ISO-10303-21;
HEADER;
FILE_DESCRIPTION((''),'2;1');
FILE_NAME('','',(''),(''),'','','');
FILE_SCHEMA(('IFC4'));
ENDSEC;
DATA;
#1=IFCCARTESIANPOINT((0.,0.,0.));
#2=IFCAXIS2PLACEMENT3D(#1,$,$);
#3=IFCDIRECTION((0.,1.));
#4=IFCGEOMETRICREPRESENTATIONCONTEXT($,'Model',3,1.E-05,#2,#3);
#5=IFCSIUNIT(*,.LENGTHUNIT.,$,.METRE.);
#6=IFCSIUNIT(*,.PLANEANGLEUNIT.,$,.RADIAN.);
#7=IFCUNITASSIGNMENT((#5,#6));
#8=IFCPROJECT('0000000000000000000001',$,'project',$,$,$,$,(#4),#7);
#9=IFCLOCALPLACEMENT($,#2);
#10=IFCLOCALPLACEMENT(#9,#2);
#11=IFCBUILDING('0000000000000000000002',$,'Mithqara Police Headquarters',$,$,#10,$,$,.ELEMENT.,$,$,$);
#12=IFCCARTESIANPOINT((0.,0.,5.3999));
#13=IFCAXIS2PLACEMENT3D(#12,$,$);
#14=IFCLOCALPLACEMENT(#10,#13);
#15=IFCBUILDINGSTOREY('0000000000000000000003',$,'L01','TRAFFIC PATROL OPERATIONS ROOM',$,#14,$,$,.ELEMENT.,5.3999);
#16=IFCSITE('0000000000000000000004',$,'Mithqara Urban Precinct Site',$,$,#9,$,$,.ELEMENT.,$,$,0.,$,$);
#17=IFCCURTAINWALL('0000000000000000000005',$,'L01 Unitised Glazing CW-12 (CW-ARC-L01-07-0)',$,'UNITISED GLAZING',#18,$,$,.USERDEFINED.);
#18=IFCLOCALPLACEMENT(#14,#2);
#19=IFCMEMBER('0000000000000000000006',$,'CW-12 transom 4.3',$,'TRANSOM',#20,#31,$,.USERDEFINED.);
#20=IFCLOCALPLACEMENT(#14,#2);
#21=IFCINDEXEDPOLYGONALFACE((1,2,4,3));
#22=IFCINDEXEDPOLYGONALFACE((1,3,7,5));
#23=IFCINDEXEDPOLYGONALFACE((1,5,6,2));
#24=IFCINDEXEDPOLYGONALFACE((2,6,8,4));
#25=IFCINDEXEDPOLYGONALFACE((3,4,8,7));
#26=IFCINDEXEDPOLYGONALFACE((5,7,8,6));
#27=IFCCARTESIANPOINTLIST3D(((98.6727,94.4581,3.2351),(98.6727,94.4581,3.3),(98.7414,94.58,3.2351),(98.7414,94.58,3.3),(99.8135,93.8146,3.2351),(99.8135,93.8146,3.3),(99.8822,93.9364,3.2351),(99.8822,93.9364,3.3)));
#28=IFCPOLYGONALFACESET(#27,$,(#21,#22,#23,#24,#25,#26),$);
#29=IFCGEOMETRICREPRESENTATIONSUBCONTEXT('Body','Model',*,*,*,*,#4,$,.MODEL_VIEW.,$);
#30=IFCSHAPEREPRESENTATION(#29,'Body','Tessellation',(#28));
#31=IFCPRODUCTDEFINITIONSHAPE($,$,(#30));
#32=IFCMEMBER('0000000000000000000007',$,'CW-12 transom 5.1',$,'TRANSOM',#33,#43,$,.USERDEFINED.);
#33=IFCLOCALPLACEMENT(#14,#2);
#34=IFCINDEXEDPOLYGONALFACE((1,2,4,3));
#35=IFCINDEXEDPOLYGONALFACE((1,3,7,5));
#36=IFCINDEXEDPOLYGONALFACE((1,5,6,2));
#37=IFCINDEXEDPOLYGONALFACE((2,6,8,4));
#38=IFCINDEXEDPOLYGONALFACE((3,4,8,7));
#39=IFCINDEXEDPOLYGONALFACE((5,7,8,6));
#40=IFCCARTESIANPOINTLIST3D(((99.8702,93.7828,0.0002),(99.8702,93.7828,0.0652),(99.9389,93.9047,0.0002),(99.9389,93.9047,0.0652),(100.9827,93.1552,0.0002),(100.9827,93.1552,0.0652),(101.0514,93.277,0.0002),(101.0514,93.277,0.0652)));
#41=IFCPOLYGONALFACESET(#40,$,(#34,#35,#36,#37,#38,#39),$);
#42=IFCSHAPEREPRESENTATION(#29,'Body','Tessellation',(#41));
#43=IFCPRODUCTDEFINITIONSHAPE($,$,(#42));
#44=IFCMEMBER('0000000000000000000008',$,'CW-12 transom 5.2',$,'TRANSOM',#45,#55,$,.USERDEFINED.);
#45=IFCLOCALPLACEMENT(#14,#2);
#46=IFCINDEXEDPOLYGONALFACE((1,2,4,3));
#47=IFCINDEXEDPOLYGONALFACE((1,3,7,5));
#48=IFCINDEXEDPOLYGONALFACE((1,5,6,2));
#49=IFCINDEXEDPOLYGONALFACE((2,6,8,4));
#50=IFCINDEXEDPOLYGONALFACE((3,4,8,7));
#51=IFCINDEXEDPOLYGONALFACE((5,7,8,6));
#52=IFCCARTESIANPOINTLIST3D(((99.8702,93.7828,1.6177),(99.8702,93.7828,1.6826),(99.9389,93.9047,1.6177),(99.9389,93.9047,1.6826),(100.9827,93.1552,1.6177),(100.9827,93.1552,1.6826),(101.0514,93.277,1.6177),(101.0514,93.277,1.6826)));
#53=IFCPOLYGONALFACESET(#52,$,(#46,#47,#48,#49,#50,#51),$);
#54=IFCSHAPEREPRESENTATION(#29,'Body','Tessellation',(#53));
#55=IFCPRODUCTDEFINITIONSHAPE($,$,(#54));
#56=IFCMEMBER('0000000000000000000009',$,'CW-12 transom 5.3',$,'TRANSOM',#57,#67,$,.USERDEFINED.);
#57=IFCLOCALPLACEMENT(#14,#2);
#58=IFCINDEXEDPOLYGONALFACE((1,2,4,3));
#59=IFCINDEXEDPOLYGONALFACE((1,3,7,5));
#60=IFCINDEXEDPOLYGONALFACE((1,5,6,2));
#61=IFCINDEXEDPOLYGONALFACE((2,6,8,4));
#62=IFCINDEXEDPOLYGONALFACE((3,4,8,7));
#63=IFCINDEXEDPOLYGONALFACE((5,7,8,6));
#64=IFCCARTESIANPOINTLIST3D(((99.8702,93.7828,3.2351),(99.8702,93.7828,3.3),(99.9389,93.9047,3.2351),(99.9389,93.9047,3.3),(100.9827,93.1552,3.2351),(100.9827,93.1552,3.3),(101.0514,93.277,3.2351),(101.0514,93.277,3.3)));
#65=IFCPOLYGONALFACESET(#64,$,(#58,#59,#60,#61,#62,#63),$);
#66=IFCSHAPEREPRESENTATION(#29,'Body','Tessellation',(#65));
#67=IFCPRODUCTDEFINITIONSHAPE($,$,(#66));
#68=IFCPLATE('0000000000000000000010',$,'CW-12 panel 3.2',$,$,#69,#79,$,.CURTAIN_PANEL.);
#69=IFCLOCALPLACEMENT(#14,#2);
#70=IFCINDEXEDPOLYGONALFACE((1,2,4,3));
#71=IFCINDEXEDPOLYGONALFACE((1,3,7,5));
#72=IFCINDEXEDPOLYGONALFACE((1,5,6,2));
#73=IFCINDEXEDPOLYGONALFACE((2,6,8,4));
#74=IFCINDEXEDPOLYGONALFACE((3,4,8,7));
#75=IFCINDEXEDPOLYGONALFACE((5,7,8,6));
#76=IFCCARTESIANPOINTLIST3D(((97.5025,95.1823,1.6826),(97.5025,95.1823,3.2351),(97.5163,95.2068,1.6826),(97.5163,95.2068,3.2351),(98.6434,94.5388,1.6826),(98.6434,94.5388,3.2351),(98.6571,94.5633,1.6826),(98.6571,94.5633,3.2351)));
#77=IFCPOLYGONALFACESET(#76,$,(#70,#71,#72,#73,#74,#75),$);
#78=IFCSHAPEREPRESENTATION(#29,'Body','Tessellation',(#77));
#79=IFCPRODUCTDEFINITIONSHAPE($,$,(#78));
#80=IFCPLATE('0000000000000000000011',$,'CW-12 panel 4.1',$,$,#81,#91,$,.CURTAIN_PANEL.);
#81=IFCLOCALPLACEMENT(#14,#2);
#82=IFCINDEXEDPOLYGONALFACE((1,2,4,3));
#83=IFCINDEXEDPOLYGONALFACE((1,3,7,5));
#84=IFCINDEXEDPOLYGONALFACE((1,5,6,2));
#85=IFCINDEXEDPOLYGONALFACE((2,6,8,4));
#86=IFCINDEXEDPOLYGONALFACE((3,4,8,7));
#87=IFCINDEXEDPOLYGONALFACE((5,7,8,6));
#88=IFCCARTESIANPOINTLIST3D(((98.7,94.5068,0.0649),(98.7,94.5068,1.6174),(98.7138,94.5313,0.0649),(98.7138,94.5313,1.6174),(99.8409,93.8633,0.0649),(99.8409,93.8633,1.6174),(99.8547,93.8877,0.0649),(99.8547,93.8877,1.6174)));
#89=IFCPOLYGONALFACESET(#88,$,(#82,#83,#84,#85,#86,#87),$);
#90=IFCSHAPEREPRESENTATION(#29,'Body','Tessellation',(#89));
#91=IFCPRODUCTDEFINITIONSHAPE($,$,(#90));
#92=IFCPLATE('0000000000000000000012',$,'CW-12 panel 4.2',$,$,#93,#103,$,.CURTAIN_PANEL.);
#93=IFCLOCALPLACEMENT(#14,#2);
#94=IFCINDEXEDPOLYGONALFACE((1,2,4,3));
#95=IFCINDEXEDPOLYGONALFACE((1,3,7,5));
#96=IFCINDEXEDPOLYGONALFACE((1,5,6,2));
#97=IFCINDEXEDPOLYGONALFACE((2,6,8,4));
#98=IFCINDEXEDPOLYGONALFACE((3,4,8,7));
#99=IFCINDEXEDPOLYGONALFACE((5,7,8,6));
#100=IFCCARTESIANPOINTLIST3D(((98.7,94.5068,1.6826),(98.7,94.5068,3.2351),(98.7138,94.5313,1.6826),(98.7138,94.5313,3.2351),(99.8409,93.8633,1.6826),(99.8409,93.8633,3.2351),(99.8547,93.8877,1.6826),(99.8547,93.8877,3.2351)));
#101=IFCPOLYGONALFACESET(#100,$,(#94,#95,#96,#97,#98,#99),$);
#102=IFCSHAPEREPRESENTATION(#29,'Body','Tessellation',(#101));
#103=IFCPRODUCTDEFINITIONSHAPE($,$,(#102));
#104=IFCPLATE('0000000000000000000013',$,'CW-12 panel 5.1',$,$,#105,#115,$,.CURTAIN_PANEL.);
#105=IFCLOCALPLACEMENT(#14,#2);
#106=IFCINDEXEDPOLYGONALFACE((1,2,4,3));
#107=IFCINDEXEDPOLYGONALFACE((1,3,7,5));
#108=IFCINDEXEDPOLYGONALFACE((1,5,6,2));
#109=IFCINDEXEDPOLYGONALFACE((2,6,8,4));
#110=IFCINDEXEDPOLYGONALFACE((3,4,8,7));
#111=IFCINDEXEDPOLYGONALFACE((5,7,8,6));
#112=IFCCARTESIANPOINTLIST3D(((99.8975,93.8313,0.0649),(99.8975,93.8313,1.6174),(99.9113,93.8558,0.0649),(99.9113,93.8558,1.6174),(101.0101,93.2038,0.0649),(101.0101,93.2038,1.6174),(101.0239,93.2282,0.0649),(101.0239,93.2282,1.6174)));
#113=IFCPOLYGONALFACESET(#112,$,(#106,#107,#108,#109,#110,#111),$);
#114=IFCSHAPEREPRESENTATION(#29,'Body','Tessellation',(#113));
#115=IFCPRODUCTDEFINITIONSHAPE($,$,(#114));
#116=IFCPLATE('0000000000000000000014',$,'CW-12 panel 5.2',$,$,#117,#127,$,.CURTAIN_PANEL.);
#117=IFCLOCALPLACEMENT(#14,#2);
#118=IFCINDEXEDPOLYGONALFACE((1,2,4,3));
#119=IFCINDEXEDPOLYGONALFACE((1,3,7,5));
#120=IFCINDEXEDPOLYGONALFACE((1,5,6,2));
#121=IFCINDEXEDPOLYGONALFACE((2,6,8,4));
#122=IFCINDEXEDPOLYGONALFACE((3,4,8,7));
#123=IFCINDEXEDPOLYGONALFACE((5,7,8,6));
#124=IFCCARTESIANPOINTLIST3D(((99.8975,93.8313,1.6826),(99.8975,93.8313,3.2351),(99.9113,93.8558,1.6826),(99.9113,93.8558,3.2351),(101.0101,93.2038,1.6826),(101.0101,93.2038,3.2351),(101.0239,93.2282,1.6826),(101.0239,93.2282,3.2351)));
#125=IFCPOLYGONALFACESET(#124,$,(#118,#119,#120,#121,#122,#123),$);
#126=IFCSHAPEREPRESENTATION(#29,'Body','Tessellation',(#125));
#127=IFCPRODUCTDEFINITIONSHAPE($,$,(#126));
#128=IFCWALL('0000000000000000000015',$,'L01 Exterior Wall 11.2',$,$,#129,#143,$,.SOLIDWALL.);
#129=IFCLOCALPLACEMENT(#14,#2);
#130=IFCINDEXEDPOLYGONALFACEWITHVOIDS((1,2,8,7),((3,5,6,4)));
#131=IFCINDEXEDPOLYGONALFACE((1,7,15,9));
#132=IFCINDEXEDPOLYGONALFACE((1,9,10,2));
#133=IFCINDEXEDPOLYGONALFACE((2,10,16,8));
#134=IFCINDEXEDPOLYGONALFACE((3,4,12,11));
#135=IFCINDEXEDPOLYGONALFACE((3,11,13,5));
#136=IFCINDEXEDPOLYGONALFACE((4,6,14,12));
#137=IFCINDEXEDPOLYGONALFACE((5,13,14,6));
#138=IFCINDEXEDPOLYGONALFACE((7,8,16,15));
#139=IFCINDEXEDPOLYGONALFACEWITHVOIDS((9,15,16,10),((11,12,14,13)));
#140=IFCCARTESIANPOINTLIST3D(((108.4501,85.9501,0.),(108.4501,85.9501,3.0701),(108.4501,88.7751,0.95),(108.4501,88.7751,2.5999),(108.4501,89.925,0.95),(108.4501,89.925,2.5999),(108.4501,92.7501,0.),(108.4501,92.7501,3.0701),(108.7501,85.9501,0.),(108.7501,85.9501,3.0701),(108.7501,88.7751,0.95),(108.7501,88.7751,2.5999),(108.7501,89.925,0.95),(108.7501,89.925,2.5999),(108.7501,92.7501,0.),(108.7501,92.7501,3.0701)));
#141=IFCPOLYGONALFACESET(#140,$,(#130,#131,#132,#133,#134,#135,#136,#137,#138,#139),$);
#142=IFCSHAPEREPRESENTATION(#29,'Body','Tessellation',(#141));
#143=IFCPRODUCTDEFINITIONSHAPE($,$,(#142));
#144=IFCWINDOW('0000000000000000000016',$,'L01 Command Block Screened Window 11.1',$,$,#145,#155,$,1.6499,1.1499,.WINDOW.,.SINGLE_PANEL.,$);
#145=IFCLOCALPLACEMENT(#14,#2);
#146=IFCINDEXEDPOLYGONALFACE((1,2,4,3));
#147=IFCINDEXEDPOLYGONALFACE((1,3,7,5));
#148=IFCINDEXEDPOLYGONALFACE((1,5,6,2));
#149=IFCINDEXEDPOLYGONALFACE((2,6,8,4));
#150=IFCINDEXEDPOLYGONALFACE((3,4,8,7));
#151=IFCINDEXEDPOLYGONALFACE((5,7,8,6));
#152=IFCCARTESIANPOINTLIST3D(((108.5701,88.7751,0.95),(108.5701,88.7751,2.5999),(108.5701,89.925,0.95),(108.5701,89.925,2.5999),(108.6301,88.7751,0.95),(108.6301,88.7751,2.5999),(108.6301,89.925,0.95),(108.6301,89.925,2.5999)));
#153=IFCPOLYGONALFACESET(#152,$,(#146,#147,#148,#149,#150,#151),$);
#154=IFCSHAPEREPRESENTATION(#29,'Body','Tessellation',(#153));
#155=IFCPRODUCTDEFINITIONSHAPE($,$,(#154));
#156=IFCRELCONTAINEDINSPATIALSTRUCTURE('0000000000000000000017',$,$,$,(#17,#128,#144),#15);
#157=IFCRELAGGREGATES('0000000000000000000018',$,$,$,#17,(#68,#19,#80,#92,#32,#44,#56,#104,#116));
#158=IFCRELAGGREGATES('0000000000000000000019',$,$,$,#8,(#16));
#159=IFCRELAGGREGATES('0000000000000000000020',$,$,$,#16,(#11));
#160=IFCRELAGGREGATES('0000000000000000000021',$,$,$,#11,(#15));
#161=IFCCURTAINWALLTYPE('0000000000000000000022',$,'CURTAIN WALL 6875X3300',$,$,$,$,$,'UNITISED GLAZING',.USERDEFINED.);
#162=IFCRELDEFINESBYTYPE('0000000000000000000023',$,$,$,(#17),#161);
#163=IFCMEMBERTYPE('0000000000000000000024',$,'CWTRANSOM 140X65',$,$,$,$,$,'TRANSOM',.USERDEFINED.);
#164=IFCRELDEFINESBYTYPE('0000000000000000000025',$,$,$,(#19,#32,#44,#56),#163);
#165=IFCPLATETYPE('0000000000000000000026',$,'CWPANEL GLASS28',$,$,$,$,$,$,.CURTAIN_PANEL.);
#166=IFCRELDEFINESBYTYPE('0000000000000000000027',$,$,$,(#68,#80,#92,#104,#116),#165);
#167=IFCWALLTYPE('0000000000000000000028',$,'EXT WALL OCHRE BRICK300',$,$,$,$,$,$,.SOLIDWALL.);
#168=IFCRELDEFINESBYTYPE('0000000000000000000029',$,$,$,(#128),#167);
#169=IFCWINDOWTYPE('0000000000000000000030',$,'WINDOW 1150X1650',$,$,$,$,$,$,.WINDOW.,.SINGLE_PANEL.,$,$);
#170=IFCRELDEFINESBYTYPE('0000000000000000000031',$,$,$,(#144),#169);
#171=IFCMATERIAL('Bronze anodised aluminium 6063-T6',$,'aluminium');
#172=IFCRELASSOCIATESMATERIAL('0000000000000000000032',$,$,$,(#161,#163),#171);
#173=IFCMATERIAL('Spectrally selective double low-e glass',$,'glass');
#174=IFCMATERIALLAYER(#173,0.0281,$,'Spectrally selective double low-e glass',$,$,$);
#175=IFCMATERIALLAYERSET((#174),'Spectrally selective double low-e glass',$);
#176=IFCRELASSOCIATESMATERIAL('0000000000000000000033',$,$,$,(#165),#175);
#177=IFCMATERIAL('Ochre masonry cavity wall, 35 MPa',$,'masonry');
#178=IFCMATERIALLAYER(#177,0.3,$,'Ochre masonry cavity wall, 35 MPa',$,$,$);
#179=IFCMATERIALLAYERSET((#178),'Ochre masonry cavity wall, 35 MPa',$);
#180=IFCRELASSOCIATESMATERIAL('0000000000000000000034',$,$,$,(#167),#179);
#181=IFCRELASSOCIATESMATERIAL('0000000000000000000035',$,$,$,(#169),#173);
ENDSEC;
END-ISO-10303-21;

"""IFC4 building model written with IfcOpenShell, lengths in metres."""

from ifc_helpers import new_model, si_unit, direction, frame, frame_2d, origin, origin_2d, place, context, subcontext, project, spatial, rectangle, extrude, material, layer, layer_set, material_profile, profile_set, type_object, element, fill, aggregate, save


model = new_model("IFC4")

# Units and contexts
model_context = context("Model", 3, precision=1e-05, world=origin(), true_north=direction((0.0, 1.0)))
body_context = subcontext(model_context, "Body", "Model", "MODEL_VIEW")
ifc_project = project(units=[si_unit("LENGTHUNIT", "METRE"), si_unit("PLANEANGLEUNIT", "RADIAN")], contexts=[model_context])

# Site, building, storey
site_placement = place(None, origin())
site = spatial("IfcSite", under=ifc_project, at=site_placement, Name="Mithqara Urban Precinct Site", CompositionType="ELEMENT", RefElevation=0.0)
building_placement = place(site_placement, origin())
building = spatial("IfcBuilding", under=site, at=building_placement, Name="Mithqara Police Headquarters", CompositionType="ELEMENT")
storey_placement = place(building_placement, frame((0.0, 0.0, 5.3999)))
storey = spatial("IfcBuildingStorey", under=building, at=storey_placement, Name="L01", Description="TRAFFIC PATROL OPERATIONS ROOM", CompositionType="ELEMENT", Elevation=5.3999)

# Curtain wall, members, plates
ifc_material_1 = material(Name="Bronze anodised aluminium 6063-T6", Category="aluminium")
curtain_wall_type = type_object("IfcCurtainWallType", Name="CURTAIN WALL 6875X3300", ElementType="UNITISED GLAZING", PredefinedType="USERDEFINED", material=ifc_material_1)
curtain_wall_placement = place(storey_placement, origin())
curtain_wall = element("IfcCurtainWall", 1, at=curtain_wall_placement, inside=storey, type_object=curtain_wall_type, Name="L01 Unitised Glazing CW-12 (CW-ARC-L01-07-0)", ObjectType="UNITISED GLAZING", PredefinedType="USERDEFINED")
ifc_material_profile_1 = material_profile(ifc_material_1, rectangle(XDim=0.1399, YDim=0.0649, at=origin_2d()), Name="CWT 140x65")
ifc_profile_set_1 = profile_set([ifc_material_profile_1], Name="Bronze anodised aluminium 6063-T6")
member_type_1 = type_object("IfcMemberType", Name="CWTRANSOM 140X65", ElementType="TRANSOM", PredefinedType="USERDEFINED", material=ifc_profile_set_1)
member_1_placement = place(storey_placement, frame((98.707, 94.519, 3.2676), z_axis=(0.870983, -0.491314, 0.0), x_axis=(0.491314, 0.870983, 0.0)))
member_1 = element("IfcMember", 2, at=member_1_placement, type_object=member_type_1, Name="CW-12 transom 4.3", ObjectType="TRANSOM", PredefinedType="USERDEFINED", context=body_context, shape_type="SweptSolid", body=[
    extrude(rectangle(XDim=0.1399, YDim=0.0649, at=origin_2d()), origin(), (0.0, 0.0, 1.0), 1.3098),
])
member_2_placement = place(storey_placement, frame((99.9045, 93.8438, 0.0327), z_axis=(0.870947, -0.491377, 0.0), x_axis=(0.491377, 0.870947, 0.0)))
member_2 = element("IfcMember", 3, at=member_2_placement, type_object=member_type_1, Name="CW-12 transom 5.1", ObjectType="TRANSOM", PredefinedType="USERDEFINED", context=body_context, shape_type="SweptSolid", body=[
    extrude(rectangle(XDim=0.1399, YDim=0.0649, at=origin_2d()), origin(), (0.0, 0.0, 1.0), 1.2773),
])
member_3_placement = place(storey_placement, frame((99.9045, 93.8438, 1.6501), z_axis=(0.870947, -0.491377, 0.0), x_axis=(0.491377, 0.870947, 0.0)))
member_3 = element("IfcMember", 4, at=member_3_placement, type_object=member_type_1, Name="CW-12 transom 5.2", ObjectType="TRANSOM", PredefinedType="USERDEFINED", context=body_context, shape_type="SweptSolid", body=[
    extrude(rectangle(XDim=0.1399, YDim=0.0649, at=origin_2d()), origin(), (0.0, 0.0, 1.0), 1.2773),
])
member_4_placement = place(storey_placement, frame((99.9045, 93.8438, 3.2676), z_axis=(0.870947, -0.491377, 0.0), x_axis=(0.491377, 0.870947, 0.0)))
member_4 = element("IfcMember", 5, at=member_4_placement, type_object=member_type_1, Name="CW-12 transom 5.3", ObjectType="TRANSOM", PredefinedType="USERDEFINED", context=body_context, shape_type="SweptSolid", body=[
    extrude(rectangle(XDim=0.1399, YDim=0.0649, at=origin_2d()), origin(), (0.0, 0.0, 1.0), 1.2773),
])
ifc_material_2 = material(Name="Spectrally selective double low-e glass", Category="glass")
ifc_layer_1 = layer(ifc_material_2, 0.0281, Name="Spectrally selective double low-e glass")
ifc_layer_set_1 = layer_set([ifc_layer_1], Name="Spectrally selective double low-e glass")
plate_type = type_object("IfcPlateType", Name="CWPANEL GLASS28", PredefinedType="CURTAIN_PANEL", material=ifc_layer_set_1)
plate_1_placement = place(storey_placement, frame((98.0798, 94.8728, 1.6826), z_axis=(0.0, 0.0, 1.0), x_axis=(0.870986, -0.491308, 0.0)))
plate_1 = element("IfcPlate", 6, at=plate_1_placement, type_object=plate_type, Name="CW-12 panel 3.2", PredefinedType="CURTAIN_PANEL", context=body_context, shape_type="SweptSolid", body=[
    extrude(rectangle(XDim=1.3098, YDim=0.0281, at=origin_2d()), origin(), (0.0, 0.0, 1.0), 1.5525),
])
plate_2_placement = place(storey_placement, frame((99.2773, 94.1973, 0.0649), z_axis=(0.0, 0.0, 1.0), x_axis=(0.870986, -0.491308, 0.0)))
plate_2 = element("IfcPlate", 7, at=plate_2_placement, type_object=plate_type, Name="CW-12 panel 4.1", PredefinedType="CURTAIN_PANEL", context=body_context, shape_type="SweptSolid", body=[
    extrude(rectangle(XDim=1.3098, YDim=0.0281, at=origin_2d()), origin(), (0.0, 0.0, 1.0), 1.5525),
])
plate_3_placement = place(storey_placement, frame((99.2773, 94.1973, 1.6826), z_axis=(0.0, 0.0, 1.0), x_axis=(0.870986, -0.491308, 0.0)))
plate_3 = element("IfcPlate", 8, at=plate_3_placement, type_object=plate_type, Name="CW-12 panel 4.2", PredefinedType="CURTAIN_PANEL", context=body_context, shape_type="SweptSolid", body=[
    extrude(rectangle(XDim=1.3098, YDim=0.0281, at=origin_2d()), origin(), (0.0, 0.0, 1.0), 1.5525),
])
plate_4_placement = place(storey_placement, frame((100.4607, 93.5298, 0.0649), z_axis=(0.0, 0.0, 1.0), x_axis=(0.870986, -0.491308, 0.0)))
plate_4 = element("IfcPlate", 9, at=plate_4_placement, type_object=plate_type, Name="CW-12 panel 5.1", PredefinedType="CURTAIN_PANEL", context=body_context, shape_type="SweptSolid", body=[
    extrude(rectangle(XDim=1.2773, YDim=0.0281, at=origin_2d()), origin(), (0.0, 0.0, 1.0), 1.5525),
])
plate_5_placement = place(storey_placement, frame((100.4607, 93.5298, 1.6826), z_axis=(0.0, 0.0, 1.0), x_axis=(0.870986, -0.491308, 0.0)))
plate_5 = element("IfcPlate", 10, at=plate_5_placement, type_object=plate_type, Name="CW-12 panel 5.2", PredefinedType="CURTAIN_PANEL", context=body_context, shape_type="SweptSolid", body=[
    extrude(rectangle(XDim=1.2773, YDim=0.0281, at=origin_2d()), origin(), (0.0, 0.0, 1.0), 1.5525),
])
aggregate(curtain_wall, [plate_1, member_1, plate_2, plate_3, member_2, member_3, member_4, plate_4, plate_5])

# Wall, opening, window
ifc_material_3 = material(Name="Ochre masonry cavity wall, 35 MPa", Category="masonry")
ifc_layer_2 = layer(ifc_material_3, 0.3, Name="Ochre masonry cavity wall, 35 MPa")
ifc_layer_set_2 = layer_set([ifc_layer_2], Name="Ochre masonry cavity wall, 35 MPa")
wall_type_1 = type_object("IfcWallType", Name="EXT WALL OCHRE BRICK300", PredefinedType="SOLIDWALL", material=ifc_layer_set_2)
wall_1_placement = place(storey_placement, frame((108.6001, 92.75, 0.0), z_axis=(0.0, 0.0, 1.0), x_axis=(0.0, -1.0, 0.0)))
wall_1 = element("IfcWall", 11, at=wall_1_placement, inside=storey, type_object=wall_type_1, Name="L01 Exterior Wall 11.2", PredefinedType="SOLIDWALL", context=body_context, shape_type="SweptSolid", body=[
    extrude(rectangle(XDim=6.8, YDim=0.3, at=frame_2d((3.3999, 0.0))), origin(), (0.0, 0.0, 1.0), 3.0701),
])
opening_1_placement = place(wall_1_placement, frame((2.825, 0.0, 0.95)))
opening_1 = element("IfcOpeningElement", 12, at=opening_1_placement, cuts=wall_1, PredefinedType="OPENING", context=body_context, shape_type="SweptSolid", body=[
    extrude(rectangle(XDim=1.1499, YDim=1.6499, at=frame_2d((0.575, 0.825))), frame((0.0, 0.1602, 0.0), z_axis=(0.0, -1.0, 0.0), x_axis=(1.0, 0.0, 0.0)), (0.0, 0.0, 1.0), 0.3201),
])
window_type = type_object("IfcWindowType", Name="WINDOW 1150X1650", PartitioningType="SINGLE_PANEL", PredefinedType="WINDOW", material=ifc_material_2)
window_placement = place(opening_1_placement, origin())
window = element("IfcWindow", 13, at=window_placement, inside=storey, type_object=window_type, Name="L01 Command Block Screened Window 11.1", OverallHeight=1.6499, OverallWidth=1.1499, PartitioningType="SINGLE_PANEL", PredefinedType="WINDOW", context=body_context, shape_type="SweptSolid", body=[
    extrude(rectangle(XDim=1.1499, YDim=1.6499, at=frame_2d((0.575, 0.825))), frame((0.0, 0.03, 0.0), z_axis=(0.0, -1.0, 0.0), x_axis=(1.0, 0.0, 0.0)), (0.0, 0.0, 1.0), 0.0601),
])
fill(opening_1, window)

save(model, "model.ifc")
